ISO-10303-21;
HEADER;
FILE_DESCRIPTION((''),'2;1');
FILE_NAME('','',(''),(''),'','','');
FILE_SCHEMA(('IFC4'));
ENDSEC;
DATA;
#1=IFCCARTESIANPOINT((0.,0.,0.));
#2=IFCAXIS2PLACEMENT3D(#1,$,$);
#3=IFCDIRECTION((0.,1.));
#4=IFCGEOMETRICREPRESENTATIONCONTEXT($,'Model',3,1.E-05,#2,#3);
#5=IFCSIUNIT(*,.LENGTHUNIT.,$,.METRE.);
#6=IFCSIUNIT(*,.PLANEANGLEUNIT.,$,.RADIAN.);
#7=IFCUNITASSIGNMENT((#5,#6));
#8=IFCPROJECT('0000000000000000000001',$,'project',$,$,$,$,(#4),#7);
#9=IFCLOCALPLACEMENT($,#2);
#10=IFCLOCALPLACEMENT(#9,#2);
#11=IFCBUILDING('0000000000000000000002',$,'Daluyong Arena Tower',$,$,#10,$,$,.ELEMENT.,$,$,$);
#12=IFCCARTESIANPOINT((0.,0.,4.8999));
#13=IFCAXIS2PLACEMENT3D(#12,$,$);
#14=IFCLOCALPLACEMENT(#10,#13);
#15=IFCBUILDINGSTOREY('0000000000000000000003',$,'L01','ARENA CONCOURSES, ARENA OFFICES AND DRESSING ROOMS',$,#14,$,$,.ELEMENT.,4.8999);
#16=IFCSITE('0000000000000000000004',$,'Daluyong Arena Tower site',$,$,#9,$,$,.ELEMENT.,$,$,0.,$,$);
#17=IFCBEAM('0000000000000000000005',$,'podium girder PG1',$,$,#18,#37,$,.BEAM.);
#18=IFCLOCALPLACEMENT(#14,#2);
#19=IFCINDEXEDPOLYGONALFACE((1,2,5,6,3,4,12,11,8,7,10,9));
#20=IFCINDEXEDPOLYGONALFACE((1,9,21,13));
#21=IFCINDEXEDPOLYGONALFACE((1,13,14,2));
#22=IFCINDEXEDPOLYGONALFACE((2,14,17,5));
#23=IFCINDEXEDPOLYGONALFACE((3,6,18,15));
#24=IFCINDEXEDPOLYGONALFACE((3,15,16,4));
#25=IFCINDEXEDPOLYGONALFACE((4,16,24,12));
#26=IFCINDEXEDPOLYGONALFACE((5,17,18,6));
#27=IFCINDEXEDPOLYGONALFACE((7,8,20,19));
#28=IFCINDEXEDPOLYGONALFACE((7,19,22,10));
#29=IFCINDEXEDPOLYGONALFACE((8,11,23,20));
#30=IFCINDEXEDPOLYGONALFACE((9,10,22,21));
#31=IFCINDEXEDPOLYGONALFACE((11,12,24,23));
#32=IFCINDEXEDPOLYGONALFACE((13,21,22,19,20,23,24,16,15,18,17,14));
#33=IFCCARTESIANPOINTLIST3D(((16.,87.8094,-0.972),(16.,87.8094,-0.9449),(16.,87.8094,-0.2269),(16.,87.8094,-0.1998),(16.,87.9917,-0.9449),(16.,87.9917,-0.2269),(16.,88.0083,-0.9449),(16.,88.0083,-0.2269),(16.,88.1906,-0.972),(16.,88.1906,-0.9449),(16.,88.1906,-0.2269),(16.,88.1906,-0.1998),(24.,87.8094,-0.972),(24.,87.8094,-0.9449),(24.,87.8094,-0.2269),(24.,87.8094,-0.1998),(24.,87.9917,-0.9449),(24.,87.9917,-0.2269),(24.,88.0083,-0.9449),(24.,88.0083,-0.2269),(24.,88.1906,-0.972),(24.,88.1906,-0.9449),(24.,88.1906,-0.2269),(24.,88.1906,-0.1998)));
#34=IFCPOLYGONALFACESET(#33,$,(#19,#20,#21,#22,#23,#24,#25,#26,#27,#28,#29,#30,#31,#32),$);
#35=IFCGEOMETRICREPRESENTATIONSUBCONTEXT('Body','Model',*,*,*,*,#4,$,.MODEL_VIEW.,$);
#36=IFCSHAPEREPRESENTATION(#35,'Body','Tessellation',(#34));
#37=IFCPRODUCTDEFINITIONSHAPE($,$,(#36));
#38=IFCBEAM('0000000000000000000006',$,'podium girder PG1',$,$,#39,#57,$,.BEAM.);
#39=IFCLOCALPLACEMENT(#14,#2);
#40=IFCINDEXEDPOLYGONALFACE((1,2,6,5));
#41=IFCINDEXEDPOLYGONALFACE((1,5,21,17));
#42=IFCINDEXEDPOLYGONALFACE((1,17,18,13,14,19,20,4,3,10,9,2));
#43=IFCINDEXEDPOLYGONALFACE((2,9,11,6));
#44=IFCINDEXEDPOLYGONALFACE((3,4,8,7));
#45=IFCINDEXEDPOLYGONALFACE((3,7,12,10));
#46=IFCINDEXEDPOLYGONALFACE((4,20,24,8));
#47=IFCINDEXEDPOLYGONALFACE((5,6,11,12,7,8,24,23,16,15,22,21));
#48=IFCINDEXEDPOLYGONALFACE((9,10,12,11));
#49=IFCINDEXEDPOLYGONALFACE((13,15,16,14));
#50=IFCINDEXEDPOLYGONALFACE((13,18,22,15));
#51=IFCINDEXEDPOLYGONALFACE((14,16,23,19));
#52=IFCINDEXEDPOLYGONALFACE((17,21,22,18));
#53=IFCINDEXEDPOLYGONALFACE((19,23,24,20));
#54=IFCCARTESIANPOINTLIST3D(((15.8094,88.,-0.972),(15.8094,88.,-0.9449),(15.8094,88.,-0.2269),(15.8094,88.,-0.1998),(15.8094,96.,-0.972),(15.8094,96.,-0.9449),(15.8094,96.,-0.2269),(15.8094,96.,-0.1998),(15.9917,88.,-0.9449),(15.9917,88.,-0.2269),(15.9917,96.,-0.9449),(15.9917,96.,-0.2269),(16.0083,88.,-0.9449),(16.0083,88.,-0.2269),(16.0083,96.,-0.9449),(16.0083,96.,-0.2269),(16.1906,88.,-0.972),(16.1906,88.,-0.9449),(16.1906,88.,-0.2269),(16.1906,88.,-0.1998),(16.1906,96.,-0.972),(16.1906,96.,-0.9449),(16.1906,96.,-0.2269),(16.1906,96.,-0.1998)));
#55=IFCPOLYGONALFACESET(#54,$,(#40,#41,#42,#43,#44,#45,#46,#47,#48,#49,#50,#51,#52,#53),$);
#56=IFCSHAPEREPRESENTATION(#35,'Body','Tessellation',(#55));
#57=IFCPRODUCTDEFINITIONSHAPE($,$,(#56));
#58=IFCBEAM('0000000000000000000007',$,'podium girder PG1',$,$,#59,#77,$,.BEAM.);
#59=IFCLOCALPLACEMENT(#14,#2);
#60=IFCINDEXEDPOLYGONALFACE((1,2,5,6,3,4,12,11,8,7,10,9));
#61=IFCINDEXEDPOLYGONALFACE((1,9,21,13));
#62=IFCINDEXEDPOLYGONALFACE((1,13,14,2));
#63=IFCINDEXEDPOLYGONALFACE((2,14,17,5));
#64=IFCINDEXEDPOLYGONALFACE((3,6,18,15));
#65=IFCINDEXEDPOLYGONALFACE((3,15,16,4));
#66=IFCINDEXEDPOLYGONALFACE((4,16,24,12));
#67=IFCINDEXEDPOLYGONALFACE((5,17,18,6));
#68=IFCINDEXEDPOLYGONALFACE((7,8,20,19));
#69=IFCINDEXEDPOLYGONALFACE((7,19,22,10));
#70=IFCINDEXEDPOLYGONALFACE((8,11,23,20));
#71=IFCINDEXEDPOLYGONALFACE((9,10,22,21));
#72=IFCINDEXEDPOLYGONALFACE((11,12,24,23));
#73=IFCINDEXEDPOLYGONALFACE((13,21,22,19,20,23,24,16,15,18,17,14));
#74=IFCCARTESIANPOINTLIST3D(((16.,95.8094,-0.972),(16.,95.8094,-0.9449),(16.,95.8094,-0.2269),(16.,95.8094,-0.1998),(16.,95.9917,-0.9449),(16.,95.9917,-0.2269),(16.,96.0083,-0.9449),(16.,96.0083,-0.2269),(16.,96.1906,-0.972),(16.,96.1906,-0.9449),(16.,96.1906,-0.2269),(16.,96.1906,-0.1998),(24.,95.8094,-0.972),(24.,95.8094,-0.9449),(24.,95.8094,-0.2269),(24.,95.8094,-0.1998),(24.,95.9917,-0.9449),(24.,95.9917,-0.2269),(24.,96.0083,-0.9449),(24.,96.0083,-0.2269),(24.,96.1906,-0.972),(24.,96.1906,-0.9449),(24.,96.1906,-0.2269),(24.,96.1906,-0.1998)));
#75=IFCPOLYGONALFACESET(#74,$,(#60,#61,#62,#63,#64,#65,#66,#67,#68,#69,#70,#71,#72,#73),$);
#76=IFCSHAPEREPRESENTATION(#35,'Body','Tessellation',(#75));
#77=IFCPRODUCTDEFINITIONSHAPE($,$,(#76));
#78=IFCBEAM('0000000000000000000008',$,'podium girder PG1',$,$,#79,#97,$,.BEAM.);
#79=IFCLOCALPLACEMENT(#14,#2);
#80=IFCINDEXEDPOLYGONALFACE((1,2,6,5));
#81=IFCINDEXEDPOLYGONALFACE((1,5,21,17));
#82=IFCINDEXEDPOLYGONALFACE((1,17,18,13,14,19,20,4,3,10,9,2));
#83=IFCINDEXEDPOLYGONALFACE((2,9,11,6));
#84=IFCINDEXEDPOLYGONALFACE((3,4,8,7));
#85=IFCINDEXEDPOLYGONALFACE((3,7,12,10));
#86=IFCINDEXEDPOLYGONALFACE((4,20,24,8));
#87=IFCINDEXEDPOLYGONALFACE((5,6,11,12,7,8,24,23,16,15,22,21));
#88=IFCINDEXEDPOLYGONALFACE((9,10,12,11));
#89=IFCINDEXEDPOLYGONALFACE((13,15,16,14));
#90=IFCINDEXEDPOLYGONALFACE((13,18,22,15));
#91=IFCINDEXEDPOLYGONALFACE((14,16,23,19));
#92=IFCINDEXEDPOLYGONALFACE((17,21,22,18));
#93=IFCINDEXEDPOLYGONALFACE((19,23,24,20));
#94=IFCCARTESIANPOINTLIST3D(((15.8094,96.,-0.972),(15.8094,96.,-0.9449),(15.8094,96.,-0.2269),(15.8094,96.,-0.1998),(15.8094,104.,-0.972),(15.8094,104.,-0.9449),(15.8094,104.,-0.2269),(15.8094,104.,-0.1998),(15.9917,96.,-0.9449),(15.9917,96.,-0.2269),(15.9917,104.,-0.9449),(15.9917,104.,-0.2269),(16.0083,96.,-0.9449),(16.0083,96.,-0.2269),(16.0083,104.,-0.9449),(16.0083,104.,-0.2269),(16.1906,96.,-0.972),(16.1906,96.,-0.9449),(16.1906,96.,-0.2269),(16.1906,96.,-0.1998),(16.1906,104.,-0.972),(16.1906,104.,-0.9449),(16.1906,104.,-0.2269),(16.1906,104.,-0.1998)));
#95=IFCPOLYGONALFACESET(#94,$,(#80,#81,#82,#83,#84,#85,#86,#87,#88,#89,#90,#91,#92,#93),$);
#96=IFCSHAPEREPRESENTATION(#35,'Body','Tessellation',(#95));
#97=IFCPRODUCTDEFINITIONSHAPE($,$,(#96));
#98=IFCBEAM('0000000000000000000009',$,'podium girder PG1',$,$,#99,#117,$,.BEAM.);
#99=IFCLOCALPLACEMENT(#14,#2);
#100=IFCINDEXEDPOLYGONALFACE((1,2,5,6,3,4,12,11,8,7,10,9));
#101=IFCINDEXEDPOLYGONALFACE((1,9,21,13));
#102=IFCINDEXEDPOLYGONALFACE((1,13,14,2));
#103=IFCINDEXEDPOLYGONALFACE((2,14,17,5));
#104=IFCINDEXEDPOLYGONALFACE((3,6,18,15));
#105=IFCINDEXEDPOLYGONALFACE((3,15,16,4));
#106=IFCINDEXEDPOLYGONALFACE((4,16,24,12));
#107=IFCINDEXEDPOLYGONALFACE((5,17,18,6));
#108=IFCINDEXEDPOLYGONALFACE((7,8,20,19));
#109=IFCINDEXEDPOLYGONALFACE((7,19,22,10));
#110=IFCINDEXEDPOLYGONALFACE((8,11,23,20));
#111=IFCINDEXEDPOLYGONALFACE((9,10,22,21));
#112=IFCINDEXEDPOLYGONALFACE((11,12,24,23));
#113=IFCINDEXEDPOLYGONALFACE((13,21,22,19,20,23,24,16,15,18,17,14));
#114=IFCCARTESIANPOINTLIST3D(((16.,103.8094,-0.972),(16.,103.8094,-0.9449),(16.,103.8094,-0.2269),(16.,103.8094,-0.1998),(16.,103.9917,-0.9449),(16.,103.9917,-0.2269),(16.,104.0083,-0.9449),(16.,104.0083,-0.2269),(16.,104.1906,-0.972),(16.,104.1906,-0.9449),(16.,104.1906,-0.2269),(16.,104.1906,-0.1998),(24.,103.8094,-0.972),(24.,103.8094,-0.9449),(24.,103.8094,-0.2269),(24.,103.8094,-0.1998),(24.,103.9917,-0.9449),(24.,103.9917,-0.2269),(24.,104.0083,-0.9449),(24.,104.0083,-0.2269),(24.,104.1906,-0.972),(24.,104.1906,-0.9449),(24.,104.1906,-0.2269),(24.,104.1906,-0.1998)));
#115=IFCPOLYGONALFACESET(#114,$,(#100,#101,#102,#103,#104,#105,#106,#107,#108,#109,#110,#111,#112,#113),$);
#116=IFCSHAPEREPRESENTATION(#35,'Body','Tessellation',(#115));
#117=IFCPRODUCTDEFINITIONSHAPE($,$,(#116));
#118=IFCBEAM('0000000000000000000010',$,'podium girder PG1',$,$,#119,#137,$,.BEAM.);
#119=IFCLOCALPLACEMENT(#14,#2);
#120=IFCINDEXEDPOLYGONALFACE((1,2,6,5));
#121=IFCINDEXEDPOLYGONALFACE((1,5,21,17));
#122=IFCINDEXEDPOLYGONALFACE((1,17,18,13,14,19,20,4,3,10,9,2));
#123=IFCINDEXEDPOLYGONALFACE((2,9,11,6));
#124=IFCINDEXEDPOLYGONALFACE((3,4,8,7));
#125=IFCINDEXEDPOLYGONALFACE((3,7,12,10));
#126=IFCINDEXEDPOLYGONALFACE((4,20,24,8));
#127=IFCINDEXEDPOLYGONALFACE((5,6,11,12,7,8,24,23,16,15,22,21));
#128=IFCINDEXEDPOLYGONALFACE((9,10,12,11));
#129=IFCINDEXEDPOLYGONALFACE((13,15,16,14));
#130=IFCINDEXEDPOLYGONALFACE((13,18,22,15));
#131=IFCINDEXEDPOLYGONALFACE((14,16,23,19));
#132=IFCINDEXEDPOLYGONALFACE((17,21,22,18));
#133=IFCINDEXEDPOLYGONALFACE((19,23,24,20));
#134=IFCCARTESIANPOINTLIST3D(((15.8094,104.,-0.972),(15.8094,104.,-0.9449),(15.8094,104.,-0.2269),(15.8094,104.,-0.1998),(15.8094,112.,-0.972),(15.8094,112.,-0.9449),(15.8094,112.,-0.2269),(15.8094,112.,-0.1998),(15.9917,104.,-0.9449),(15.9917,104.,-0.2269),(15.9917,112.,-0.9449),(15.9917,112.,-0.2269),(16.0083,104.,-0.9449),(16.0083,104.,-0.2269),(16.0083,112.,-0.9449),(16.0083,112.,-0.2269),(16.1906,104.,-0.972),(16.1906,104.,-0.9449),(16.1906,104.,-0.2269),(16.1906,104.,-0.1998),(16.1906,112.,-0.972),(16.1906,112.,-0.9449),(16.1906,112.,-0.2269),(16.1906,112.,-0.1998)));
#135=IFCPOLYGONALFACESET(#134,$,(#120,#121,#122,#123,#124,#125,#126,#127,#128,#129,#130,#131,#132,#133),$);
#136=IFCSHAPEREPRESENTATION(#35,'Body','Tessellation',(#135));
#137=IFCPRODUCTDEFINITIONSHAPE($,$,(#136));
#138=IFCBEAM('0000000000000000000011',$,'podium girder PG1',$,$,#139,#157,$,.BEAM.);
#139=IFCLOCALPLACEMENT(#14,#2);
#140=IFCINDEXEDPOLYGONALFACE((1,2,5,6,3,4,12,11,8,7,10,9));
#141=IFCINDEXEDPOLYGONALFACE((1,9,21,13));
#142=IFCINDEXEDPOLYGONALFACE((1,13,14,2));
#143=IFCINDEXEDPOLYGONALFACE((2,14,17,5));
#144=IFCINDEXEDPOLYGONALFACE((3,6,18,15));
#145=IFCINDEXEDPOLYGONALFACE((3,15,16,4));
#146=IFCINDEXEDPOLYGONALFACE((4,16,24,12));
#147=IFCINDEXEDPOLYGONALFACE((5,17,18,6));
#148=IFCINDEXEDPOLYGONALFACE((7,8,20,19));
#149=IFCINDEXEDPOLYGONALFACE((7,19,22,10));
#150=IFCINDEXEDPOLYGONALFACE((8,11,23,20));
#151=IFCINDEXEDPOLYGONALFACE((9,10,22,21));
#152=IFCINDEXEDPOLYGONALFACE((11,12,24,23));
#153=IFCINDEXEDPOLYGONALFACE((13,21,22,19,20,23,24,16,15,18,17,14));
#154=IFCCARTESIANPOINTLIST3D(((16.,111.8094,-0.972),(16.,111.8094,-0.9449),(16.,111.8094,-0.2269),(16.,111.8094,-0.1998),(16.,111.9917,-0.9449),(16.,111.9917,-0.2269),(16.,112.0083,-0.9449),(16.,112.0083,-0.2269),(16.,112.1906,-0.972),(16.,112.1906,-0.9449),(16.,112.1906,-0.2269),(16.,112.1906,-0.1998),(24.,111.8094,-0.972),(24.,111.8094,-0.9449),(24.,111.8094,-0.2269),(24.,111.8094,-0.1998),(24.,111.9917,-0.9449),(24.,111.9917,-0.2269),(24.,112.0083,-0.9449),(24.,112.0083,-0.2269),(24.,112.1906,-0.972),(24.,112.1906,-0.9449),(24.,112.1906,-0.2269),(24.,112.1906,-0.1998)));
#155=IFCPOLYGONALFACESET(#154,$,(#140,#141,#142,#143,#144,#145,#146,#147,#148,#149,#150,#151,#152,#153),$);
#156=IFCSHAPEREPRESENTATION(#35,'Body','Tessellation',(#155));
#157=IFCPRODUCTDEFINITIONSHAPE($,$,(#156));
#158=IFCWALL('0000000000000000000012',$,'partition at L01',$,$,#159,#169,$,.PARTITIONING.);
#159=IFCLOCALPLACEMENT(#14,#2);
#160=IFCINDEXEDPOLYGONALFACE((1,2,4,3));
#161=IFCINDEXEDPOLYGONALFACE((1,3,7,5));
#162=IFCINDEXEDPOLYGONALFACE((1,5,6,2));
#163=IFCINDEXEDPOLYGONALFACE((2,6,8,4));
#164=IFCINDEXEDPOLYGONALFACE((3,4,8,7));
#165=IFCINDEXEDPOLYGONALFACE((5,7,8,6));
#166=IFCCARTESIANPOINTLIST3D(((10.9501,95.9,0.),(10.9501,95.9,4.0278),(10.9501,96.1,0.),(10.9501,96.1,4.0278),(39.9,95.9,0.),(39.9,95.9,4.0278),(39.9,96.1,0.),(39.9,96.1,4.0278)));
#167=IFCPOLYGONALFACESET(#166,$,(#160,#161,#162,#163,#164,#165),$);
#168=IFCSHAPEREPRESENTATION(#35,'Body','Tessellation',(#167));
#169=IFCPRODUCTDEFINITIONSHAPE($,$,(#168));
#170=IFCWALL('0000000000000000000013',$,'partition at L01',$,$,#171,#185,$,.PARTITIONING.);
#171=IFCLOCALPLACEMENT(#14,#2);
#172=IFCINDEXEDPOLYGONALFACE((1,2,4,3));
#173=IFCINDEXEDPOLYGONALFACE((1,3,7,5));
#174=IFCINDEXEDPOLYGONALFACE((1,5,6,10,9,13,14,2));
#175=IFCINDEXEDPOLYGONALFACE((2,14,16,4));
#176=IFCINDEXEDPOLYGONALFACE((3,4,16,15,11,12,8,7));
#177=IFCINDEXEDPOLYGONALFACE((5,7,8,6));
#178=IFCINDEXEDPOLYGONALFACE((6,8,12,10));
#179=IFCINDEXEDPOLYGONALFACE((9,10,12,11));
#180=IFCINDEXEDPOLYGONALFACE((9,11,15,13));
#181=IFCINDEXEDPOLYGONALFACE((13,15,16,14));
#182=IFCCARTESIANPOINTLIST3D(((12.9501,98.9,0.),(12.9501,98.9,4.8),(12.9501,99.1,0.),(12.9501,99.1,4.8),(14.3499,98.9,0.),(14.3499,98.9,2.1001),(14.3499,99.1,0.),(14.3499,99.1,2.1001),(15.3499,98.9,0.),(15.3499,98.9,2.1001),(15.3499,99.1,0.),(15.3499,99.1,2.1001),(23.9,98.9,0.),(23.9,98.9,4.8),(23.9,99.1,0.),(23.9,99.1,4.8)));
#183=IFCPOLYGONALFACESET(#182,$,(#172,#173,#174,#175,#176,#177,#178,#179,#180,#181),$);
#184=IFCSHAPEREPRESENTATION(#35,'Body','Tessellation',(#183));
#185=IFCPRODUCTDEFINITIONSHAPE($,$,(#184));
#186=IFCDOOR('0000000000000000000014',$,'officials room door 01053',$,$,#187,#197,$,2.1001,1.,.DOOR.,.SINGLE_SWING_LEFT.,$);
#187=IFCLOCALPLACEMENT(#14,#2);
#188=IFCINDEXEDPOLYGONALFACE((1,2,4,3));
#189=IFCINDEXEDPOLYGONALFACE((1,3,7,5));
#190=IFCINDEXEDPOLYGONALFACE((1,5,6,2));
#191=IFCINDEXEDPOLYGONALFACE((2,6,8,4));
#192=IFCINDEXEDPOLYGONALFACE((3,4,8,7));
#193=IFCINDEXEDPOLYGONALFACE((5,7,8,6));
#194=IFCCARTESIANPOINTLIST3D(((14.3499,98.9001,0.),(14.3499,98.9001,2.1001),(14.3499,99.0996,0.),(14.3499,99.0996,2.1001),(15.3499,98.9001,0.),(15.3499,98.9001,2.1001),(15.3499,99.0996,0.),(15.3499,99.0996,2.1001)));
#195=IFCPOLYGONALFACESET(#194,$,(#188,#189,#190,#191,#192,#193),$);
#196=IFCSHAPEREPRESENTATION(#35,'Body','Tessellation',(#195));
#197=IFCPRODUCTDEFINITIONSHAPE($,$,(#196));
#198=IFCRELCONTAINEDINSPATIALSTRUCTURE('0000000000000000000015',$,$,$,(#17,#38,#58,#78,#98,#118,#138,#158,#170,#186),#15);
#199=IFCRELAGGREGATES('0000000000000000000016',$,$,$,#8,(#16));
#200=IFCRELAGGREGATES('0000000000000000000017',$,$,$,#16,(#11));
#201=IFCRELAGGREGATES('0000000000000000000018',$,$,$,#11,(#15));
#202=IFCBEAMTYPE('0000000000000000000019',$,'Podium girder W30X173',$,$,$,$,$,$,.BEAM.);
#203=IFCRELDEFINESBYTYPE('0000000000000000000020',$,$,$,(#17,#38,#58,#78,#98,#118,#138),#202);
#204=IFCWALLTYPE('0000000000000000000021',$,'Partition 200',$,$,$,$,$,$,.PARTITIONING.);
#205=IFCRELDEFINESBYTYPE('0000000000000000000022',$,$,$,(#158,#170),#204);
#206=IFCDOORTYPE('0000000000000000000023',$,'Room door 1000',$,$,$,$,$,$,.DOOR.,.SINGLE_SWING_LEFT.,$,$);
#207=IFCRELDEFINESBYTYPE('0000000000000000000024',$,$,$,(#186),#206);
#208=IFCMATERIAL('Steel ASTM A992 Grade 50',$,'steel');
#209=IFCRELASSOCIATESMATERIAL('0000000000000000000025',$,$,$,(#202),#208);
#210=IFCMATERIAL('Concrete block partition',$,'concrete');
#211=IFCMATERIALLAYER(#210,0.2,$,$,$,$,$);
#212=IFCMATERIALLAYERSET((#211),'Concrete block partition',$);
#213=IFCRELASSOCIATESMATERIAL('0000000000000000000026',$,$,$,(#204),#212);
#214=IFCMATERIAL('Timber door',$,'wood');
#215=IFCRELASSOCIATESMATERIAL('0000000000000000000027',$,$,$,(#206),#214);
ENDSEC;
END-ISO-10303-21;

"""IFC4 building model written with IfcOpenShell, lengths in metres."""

from ifc_helpers import new_model, si_unit, direction, frame, frame_2d, origin, origin_2d, place, context, subcontext, project, spatial, rectangle, i_section, extrude, material, layer, layer_set, material_profile, profile_set, type_object, element, fill, save


model = new_model("IFC4")

# Units and contexts
model_context = context("Model", 3, precision=1e-05, world=origin(), true_north=direction((0.0, 1.0)))
body_context = subcontext(model_context, "Body", "Model", "MODEL_VIEW")
ifc_project = project(units=[si_unit("LENGTHUNIT", "METRE"), si_unit("PLANEANGLEUNIT", "RADIAN")], contexts=[model_context])

# Site, building, storey
site_placement = place(None, origin())
site = spatial("IfcSite", under=ifc_project, at=site_placement, Name="Daluyong Arena Tower site", CompositionType="ELEMENT", RefElevation=0.0)
building_placement = place(site_placement, origin())
building = spatial("IfcBuilding", under=site, at=building_placement, Name="Daluyong Arena Tower", CompositionType="ELEMENT")
storey_placement = place(building_placement, frame((0.0, 0.0, 4.8999)))
storey = spatial("IfcBuildingStorey", under=building, at=storey_placement, Name="L01", Description="ARENA CONCOURSES, ARENA OFFICES AND DRESSING ROOMS", CompositionType="ELEMENT", Elevation=4.8999)

# Beams
ifc_material_1 = material(Name="Steel ASTM A992 Grade 50", Category="steel")
ifc_material_profile_1 = material_profile(ifc_material_1, i_section(OverallWidth=0.3811, OverallDepth=0.7722, WebThickness=0.0166, FlangeThickness=0.0271, at=origin_2d()))
ifc_profile_set_1 = profile_set([ifc_material_profile_1], Name="Steel ASTM A992 Grade 50")
beam_type_1 = type_object("IfcBeamType", Name="Podium girder W30X173", PredefinedType="BEAM", material=ifc_profile_set_1)
for number, where, z_axis, x_axis, name in (
    (1, (16.0, 88.0, -0.5859), (1.0, 0.0, 0.0), (0.0, 1.0, 0.0), "podium girder PG1"),
    (2, (16.0, 88.0, -0.5859), (0.0, 1.0, 0.0), (-1.0, 0.0, 0.0), "podium girder PG1"),
    (3, (16.0, 96.0, -0.5859), (1.0, 0.0, 0.0), (0.0, 1.0, 0.0), "podium girder PG1"),
    (4, (16.0, 96.0, -0.5859), (0.0, 1.0, 0.0), (-1.0, 0.0, 0.0), "podium girder PG1"),
    (5, (16.0, 104.0, -0.5859), (1.0, 0.0, 0.0), (0.0, 1.0, 0.0), "podium girder PG1"),
    (6, (16.0, 104.0, -0.5859), (0.0, 1.0, 0.0), (-1.0, 0.0, 0.0), "podium girder PG1"),
    (7, (16.0, 112.0, -0.5859), (1.0, 0.0, 0.0), (0.0, 1.0, 0.0), "podium girder PG1"),
):
    element("IfcBeam", number, at=place(storey_placement, frame(where, z_axis=z_axis, x_axis=x_axis)), inside=storey, type_object=beam_type_1, Name=name, PredefinedType="BEAM", context=body_context, shape_type="SweptSolid", body=[
        extrude(i_section(OverallWidth=0.3811, OverallDepth=0.7722, WebThickness=0.0166, FlangeThickness=0.0271, at=origin_2d()), origin(), (0.0, 0.0, 1.0), 8.0),
    ])

# Wall
ifc_material_2 = material(Name="Concrete block partition", Category="concrete")
ifc_layer_1 = layer(ifc_material_2, 0.2)
ifc_layer_set_1 = layer_set([ifc_layer_1], Name="Concrete block partition")
wall_type_1 = type_object("IfcWallType", Name="Partition 200", PredefinedType="PARTITIONING", material=ifc_layer_set_1)
wall_1_placement = place(storey_placement, frame((10.95, 96.0, 0.0), z_axis=(0.0, 0.0, 1.0), x_axis=(1.0, 0.0, 0.0)))
element("IfcWall", 8, at=wall_1_placement, inside=storey, type_object=wall_type_1, Name="partition at L01", PredefinedType="PARTITIONING", context=body_context, shape_type="SweptSolid", body=[
    extrude(rectangle(XDim=28.95, YDim=0.2, at=frame_2d((14.4751, 0.0))), origin(), (0.0, 0.0, 1.0), 4.0278),
])

# Wall, opening, door
wall_2_placement = place(storey_placement, frame((12.95, 99.0, 0.0), z_axis=(0.0, 0.0, 1.0), x_axis=(1.0, 0.0, 0.0)))
wall_2 = element("IfcWall", 9, at=wall_2_placement, inside=storey, type_object=wall_type_1, Name="partition at L01", PredefinedType="PARTITIONING", context=body_context, shape_type="SweptSolid", body=[
    extrude(rectangle(XDim=10.95, YDim=0.2, at=frame_2d((5.4751, 0.0))), origin(), (0.0, 0.0, 1.0), 4.8),
])
opening_1_placement = place(wall_2_placement, frame((1.3999, 0.0, 0.0)))
opening_1 = element("IfcOpeningElement", 10, at=opening_1_placement, cuts=wall_2, PredefinedType="OPENING", context=body_context, shape_type="SweptSolid", body=[
    extrude(rectangle(XDim=1.0, YDim=2.1001, at=frame_2d((0.5, 1.05))), frame((0.0, 0.1099, 0.0), z_axis=(0.0, -1.0, 0.0), x_axis=(1.0, 0.0, 0.0)), (0.0, 0.0, 1.0), 0.22),
])
ifc_material_3 = material(Name="Timber door", Category="wood")
door_type_1 = type_object("IfcDoorType", Name="Room door 1000", OperationType="SINGLE_SWING_LEFT", PredefinedType="DOOR", material=ifc_material_3)
door_1_placement = place(opening_1_placement, origin())
door_1 = element("IfcDoor", 11, at=door_1_placement, inside=storey, type_object=door_type_1, Name="officials room door 01053", OperationType="SINGLE_SWING_LEFT", OverallHeight=2.1001, OverallWidth=1.0, PredefinedType="DOOR", context=body_context, shape_type="SweptSolid", body=[
    extrude(rectangle(XDim=1.0, YDim=2.1001, at=frame_2d((0.5, 1.05))), frame((0.0, 0.0996, 0.0), z_axis=(0.0, -1.0, 0.0), x_axis=(1.0, 0.0, 0.0)), (0.0, 0.0, 1.0), 0.1995),
])
fill(opening_1, door_1)

save(model, "model.ifc")
